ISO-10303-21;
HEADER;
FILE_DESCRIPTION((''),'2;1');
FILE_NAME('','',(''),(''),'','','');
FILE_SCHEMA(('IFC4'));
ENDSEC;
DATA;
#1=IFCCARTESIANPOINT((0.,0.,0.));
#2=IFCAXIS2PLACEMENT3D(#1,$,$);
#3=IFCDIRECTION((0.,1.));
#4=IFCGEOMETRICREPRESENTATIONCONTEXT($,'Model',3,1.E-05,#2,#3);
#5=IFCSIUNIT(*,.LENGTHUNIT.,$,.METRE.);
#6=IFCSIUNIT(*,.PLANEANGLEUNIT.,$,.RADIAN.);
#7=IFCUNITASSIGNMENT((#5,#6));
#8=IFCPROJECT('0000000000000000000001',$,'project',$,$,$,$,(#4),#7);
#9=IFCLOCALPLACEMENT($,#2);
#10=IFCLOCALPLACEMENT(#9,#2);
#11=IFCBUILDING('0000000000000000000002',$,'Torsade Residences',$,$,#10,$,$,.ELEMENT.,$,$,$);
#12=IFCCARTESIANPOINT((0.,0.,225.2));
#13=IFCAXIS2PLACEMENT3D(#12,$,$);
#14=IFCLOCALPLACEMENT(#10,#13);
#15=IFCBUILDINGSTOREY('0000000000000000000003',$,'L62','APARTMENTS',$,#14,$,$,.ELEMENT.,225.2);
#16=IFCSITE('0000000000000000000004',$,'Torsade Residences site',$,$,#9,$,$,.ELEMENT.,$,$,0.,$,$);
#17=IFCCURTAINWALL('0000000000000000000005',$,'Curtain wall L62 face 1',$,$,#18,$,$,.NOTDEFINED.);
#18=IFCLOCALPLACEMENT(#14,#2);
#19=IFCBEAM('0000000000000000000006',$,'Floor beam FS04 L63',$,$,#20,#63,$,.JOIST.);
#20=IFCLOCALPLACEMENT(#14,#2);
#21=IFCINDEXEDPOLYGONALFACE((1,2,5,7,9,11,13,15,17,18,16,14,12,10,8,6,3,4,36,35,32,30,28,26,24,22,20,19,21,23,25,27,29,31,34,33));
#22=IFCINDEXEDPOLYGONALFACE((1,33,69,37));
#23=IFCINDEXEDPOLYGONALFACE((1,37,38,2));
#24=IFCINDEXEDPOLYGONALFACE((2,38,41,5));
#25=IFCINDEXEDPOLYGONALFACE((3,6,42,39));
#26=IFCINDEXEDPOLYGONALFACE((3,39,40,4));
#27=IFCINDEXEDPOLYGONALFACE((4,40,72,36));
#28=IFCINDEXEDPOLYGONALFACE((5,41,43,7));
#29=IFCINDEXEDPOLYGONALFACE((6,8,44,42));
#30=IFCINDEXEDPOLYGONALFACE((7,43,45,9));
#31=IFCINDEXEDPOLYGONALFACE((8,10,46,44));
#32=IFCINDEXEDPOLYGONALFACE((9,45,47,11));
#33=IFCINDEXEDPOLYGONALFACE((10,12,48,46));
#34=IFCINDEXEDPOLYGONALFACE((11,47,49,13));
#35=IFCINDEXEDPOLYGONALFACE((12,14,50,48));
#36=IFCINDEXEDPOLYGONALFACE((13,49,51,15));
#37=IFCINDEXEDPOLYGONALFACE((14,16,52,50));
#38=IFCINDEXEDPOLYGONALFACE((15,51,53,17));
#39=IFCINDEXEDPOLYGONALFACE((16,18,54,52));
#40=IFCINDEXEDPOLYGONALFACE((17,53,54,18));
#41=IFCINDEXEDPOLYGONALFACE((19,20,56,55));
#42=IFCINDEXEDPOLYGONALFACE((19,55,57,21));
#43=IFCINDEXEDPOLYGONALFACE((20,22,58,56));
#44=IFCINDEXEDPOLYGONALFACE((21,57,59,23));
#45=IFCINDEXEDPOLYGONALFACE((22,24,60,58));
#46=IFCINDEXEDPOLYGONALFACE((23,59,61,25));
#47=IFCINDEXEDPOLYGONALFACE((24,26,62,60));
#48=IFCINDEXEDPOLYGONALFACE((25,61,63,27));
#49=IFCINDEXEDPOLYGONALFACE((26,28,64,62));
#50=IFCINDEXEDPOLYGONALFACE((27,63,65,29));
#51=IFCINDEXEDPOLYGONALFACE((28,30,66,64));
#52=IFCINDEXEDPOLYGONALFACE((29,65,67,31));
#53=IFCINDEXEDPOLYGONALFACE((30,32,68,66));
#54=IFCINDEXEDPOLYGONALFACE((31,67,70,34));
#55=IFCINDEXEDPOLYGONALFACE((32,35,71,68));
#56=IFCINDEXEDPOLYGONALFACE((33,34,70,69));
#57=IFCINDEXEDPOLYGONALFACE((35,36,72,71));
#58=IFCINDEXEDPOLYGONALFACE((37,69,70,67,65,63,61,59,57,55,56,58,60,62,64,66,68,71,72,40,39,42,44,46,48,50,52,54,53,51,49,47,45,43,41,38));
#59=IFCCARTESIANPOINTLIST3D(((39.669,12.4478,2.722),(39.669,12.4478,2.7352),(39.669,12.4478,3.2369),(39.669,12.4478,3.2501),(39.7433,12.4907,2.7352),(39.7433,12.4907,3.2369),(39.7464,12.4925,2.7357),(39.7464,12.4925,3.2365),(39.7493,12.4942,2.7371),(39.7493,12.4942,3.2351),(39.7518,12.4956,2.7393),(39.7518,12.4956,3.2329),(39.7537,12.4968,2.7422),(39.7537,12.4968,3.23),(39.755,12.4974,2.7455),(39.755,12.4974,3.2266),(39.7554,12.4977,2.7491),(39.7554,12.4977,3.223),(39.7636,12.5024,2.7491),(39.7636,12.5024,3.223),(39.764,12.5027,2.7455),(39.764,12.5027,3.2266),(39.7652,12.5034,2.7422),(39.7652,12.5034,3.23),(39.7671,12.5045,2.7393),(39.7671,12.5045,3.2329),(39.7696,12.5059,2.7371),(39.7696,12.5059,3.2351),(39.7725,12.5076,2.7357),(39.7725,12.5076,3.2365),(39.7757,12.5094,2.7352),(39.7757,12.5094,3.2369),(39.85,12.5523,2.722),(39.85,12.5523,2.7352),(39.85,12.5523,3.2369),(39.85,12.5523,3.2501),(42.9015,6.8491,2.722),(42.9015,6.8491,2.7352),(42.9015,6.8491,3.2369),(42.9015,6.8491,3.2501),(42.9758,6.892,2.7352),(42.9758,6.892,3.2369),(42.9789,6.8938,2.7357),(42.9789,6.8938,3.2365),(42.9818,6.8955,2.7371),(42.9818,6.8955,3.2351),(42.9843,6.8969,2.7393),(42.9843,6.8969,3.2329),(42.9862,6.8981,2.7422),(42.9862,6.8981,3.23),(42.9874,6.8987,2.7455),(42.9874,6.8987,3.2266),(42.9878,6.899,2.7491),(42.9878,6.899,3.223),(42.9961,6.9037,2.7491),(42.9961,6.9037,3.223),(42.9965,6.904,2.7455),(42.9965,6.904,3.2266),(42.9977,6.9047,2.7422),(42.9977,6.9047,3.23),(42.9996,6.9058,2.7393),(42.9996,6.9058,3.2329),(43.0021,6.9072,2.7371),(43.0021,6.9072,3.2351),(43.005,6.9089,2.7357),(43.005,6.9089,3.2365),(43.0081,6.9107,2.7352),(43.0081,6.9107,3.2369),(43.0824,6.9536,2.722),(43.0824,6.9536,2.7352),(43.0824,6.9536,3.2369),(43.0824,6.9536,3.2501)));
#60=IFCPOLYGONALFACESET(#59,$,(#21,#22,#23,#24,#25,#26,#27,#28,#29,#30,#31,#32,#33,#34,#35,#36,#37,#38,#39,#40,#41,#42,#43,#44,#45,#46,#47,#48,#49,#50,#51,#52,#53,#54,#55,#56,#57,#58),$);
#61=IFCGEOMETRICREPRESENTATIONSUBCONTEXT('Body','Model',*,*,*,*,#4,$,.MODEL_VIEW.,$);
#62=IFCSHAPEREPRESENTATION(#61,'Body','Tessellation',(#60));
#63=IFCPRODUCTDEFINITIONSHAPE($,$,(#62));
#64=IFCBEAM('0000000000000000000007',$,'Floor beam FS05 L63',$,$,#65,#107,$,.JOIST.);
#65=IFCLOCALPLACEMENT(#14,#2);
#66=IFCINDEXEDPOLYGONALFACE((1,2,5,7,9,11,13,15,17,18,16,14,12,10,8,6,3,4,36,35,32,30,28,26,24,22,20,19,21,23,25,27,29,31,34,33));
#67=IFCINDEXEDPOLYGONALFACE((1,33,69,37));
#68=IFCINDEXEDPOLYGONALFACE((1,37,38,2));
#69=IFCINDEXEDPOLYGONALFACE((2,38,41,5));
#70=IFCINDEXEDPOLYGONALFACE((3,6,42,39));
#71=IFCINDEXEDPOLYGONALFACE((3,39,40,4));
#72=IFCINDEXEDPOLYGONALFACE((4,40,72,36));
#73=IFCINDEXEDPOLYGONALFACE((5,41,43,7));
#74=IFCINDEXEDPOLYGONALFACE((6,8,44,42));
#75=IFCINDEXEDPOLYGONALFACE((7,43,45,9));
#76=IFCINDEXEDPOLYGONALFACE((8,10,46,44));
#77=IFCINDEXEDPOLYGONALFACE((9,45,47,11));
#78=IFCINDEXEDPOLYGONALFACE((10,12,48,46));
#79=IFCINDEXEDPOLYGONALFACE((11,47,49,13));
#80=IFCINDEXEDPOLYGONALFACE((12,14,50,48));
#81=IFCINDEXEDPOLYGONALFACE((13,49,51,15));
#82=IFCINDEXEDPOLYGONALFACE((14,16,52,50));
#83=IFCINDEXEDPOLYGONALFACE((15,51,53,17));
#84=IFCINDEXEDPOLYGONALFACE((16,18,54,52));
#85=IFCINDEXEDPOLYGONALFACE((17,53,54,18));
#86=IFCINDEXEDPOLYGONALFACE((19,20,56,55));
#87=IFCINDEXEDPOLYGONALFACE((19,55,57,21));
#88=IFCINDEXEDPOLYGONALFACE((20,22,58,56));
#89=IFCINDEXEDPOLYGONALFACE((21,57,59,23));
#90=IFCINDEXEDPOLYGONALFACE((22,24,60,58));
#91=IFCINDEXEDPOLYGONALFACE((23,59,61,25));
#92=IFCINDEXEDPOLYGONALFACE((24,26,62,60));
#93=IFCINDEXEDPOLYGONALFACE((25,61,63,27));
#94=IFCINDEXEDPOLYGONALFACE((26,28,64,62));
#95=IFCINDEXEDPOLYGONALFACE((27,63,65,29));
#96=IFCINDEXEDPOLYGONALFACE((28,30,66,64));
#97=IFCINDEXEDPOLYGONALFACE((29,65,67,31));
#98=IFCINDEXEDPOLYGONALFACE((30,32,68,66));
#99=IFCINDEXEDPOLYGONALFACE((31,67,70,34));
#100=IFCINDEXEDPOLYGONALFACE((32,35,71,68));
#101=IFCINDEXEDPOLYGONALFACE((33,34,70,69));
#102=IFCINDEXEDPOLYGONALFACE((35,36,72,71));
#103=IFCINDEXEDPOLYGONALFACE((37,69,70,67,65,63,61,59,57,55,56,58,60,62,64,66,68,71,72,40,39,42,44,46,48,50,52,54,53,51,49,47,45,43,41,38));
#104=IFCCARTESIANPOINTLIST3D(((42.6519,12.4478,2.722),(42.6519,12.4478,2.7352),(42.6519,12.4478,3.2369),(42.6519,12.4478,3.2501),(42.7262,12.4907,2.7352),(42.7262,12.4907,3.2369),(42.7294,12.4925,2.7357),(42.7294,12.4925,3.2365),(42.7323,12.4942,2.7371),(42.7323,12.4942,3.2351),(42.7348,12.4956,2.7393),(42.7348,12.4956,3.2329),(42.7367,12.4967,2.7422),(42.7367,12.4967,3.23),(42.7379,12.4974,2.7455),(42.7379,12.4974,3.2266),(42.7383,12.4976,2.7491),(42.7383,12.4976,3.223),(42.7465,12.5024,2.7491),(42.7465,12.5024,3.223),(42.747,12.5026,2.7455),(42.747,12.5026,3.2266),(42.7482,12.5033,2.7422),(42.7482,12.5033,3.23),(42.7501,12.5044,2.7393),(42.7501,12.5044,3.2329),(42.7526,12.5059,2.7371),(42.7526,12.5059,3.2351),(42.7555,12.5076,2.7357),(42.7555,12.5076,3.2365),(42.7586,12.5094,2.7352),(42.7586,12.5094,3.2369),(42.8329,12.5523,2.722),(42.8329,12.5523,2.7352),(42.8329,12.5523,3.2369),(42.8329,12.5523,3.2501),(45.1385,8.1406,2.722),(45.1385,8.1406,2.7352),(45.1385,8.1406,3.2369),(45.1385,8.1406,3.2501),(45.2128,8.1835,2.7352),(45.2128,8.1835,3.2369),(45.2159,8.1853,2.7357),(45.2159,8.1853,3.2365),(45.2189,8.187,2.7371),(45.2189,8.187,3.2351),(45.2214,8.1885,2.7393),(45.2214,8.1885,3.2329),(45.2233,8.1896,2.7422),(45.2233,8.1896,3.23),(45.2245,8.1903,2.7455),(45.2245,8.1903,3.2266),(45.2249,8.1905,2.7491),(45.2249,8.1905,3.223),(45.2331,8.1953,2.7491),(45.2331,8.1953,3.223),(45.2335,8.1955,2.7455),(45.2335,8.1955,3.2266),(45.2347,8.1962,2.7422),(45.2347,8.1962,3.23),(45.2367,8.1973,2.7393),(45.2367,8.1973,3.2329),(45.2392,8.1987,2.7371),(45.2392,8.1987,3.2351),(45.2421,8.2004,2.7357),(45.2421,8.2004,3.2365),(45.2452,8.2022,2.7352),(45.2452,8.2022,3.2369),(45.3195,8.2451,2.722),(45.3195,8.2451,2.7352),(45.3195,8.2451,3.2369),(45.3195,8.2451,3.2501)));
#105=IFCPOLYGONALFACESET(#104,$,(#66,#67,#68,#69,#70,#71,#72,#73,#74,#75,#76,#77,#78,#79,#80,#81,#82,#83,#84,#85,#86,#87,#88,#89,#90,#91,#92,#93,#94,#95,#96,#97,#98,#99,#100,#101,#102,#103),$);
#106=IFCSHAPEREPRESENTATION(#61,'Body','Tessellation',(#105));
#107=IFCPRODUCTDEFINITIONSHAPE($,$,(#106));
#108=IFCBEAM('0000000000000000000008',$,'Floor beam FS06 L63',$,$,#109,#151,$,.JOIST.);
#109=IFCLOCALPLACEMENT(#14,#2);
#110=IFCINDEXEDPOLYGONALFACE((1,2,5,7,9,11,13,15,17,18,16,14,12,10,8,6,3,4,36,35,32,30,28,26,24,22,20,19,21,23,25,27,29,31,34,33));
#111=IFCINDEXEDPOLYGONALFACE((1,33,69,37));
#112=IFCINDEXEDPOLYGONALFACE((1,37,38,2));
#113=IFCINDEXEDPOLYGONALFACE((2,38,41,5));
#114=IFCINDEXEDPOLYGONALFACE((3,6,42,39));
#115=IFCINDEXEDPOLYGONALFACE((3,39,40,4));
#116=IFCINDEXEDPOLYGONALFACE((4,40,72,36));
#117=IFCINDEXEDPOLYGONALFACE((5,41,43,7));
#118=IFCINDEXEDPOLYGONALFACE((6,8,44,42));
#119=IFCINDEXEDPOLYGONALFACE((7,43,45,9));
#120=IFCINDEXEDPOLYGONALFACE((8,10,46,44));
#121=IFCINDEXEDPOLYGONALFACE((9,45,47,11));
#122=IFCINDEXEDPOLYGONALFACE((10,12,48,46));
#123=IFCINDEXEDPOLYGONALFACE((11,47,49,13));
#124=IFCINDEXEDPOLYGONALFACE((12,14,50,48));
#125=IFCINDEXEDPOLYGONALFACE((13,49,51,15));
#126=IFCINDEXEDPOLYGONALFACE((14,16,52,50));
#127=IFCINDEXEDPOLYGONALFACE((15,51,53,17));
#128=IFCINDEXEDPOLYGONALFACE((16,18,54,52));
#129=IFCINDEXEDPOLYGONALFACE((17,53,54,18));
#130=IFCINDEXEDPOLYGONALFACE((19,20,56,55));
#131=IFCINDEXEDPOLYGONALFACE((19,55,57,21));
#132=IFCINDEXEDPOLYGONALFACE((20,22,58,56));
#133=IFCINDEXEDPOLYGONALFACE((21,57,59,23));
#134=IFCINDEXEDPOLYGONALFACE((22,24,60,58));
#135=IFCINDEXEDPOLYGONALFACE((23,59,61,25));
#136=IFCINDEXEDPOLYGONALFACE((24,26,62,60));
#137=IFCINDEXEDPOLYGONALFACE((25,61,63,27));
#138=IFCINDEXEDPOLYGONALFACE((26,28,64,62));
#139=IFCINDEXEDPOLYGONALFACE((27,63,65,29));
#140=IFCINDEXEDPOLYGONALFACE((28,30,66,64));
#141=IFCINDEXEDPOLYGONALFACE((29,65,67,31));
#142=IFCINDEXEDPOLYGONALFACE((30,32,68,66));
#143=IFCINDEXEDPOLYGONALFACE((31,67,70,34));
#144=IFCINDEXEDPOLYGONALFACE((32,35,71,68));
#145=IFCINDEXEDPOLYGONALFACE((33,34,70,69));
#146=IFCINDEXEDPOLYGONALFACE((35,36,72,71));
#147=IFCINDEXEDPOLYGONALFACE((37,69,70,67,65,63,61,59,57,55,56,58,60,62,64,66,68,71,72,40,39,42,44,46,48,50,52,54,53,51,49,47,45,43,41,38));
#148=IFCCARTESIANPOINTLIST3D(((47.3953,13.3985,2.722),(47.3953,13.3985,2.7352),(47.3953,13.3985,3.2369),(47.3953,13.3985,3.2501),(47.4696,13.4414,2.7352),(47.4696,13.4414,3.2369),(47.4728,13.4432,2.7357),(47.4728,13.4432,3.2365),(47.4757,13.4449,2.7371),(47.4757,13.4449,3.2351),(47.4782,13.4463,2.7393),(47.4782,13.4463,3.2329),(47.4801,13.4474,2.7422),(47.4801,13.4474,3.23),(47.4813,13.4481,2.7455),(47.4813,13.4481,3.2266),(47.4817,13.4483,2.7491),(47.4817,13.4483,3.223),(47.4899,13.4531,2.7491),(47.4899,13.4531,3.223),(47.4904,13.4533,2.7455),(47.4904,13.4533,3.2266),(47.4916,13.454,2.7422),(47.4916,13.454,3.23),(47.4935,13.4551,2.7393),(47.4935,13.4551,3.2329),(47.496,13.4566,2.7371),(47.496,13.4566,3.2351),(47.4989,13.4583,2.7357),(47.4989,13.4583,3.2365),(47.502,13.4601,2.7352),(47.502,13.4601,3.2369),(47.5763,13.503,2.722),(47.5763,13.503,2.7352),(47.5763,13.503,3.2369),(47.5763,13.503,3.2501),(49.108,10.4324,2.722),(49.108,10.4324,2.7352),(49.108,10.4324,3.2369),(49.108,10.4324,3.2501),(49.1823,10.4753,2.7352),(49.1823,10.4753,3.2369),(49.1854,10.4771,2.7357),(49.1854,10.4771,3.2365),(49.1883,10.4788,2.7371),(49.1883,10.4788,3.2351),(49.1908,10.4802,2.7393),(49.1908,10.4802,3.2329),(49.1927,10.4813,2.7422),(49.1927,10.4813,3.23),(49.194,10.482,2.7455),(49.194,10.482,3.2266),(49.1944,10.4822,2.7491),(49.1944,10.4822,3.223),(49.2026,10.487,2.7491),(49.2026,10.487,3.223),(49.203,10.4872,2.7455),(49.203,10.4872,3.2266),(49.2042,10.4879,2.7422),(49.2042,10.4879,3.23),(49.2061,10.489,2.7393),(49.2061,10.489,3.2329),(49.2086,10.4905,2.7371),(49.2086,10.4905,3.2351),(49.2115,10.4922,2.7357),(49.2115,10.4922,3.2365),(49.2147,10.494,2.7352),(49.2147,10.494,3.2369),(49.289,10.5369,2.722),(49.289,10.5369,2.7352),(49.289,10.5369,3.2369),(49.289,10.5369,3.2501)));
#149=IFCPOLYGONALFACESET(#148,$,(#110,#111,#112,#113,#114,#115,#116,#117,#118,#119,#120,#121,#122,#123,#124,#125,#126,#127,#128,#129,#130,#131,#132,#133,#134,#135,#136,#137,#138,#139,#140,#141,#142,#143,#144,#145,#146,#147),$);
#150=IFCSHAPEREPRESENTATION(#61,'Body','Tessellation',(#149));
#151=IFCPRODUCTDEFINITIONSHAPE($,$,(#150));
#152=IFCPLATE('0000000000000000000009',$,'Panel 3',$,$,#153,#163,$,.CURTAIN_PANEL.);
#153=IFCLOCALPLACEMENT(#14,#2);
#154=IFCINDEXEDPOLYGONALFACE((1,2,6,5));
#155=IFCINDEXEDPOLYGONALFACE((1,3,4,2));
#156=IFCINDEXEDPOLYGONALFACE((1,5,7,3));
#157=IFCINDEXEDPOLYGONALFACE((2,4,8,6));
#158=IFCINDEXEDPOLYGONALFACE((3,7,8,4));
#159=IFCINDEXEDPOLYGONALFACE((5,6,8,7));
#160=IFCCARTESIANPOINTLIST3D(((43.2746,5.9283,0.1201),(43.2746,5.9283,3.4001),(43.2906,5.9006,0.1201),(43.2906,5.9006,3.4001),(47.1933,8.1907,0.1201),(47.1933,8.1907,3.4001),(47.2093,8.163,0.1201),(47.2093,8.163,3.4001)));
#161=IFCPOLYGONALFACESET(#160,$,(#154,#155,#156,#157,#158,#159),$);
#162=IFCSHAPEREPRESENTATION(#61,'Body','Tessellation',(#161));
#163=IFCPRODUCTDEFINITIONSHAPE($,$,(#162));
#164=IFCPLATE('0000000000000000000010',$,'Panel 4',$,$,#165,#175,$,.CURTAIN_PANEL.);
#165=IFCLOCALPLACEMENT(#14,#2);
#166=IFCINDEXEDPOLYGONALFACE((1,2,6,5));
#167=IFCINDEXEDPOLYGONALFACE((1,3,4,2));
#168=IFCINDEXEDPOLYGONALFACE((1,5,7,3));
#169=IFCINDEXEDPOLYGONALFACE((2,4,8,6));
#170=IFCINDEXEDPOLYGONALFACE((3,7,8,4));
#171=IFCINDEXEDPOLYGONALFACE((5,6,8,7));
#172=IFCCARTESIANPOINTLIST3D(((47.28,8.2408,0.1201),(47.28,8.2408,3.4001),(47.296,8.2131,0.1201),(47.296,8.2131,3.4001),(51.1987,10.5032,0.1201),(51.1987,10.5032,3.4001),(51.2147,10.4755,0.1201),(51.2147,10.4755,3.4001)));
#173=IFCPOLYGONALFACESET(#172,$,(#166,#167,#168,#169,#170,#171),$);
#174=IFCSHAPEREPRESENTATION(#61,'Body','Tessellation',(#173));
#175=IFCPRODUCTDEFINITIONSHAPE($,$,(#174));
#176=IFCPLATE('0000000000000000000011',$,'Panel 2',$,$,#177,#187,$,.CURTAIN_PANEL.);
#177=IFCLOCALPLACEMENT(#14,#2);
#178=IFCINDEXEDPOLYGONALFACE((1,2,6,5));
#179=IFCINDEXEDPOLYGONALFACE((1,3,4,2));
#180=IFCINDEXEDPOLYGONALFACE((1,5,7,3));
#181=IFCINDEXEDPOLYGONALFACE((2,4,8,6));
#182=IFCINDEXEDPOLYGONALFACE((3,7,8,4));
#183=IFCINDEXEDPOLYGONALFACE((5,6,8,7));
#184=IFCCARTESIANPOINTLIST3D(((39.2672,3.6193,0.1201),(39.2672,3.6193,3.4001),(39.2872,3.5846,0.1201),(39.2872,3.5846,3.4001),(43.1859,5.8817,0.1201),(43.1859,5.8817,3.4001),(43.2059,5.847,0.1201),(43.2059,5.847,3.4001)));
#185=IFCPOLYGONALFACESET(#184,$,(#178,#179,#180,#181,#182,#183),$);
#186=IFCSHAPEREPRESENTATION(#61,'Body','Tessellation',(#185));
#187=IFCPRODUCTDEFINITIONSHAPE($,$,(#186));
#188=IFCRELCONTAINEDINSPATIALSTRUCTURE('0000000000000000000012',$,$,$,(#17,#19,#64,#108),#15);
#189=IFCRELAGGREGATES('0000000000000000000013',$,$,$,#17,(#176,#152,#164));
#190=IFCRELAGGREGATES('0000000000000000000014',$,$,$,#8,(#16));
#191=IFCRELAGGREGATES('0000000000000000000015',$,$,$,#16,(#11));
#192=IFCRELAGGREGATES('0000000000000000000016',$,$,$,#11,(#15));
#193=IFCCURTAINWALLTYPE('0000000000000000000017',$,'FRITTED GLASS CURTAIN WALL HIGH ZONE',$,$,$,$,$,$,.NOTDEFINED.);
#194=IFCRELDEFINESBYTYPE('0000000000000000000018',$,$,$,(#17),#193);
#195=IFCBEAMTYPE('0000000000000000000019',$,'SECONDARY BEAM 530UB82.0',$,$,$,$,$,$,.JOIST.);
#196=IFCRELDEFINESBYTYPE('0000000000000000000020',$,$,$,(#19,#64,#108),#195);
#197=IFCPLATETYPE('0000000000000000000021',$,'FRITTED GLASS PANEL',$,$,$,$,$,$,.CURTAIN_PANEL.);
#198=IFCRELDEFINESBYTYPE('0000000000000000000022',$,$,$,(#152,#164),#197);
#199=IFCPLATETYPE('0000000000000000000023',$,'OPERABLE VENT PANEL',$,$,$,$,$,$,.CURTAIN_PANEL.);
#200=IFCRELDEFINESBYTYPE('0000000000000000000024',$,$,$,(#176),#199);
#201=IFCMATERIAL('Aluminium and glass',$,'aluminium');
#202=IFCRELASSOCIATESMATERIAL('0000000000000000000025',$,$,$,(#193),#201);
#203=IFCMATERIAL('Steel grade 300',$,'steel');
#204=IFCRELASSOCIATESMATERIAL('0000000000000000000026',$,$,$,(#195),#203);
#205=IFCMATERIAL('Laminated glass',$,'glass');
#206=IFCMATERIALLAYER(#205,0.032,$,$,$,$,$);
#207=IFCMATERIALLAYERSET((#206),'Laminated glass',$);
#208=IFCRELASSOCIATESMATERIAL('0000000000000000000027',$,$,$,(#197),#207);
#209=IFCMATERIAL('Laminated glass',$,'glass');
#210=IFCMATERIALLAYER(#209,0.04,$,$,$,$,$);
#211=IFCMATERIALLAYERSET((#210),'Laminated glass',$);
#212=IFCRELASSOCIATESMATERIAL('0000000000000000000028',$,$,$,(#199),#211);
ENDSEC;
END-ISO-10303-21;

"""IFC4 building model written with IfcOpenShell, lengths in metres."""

from ifc_helpers import new_model, si_unit, direction, frame, origin, origin_2d, place, context, subcontext, project, spatial, rectangle, i_section, extrude, material, layer, layer_set, material_profile, profile_set, type_object, element, aggregate, save


model = new_model("IFC4")

# Units and contexts
model_context = context("Model", 3, precision=1e-05, world=origin(), true_north=direction((0.0, 1.0)))
body_context = subcontext(model_context, "Body", "Model", "MODEL_VIEW")
ifc_project = project(units=[si_unit("LENGTHUNIT", "METRE"), si_unit("PLANEANGLEUNIT", "RADIAN")], contexts=[model_context])

# Site, building, storey
site_placement = place(None, origin())
site = spatial("IfcSite", under=ifc_project, at=site_placement, Name="Torsade Residences site", CompositionType="ELEMENT", RefElevation=0.0)
building_placement = place(site_placement, origin())
building = spatial("IfcBuilding", under=site, at=building_placement, Name="Torsade Residences", CompositionType="ELEMENT")
storey_placement = place(building_placement, frame((0.0, 0.0, 225.2)))
storey = spatial("IfcBuildingStorey", under=building, at=storey_placement, Name="L62", Description="APARTMENTS", CompositionType="ELEMENT", Elevation=225.2)

# Curtain wall
ifc_material_1 = material(Name="Aluminium and glass", Category="aluminium")
curtain_wall_type = type_object("IfcCurtainWallType", Name="FRITTED GLASS CURTAIN WALL HIGH ZONE", PredefinedType="NOTDEFINED", material=ifc_material_1)
curtain_wall_placement = place(storey_placement, origin())
curtain_wall = element("IfcCurtainWall", 1, at=curtain_wall_placement, inside=storey, type_object=curtain_wall_type, Name="Curtain wall L62 face 1", PredefinedType="NOTDEFINED")

# Beams
ifc_material_2 = material(Name="Steel grade 300", Category="steel")
ifc_material_profile_1 = material_profile(ifc_material_2, i_section(OverallWidth=0.209, OverallDepth=0.5281, WebThickness=0.0095, FlangeThickness=0.0132, FilletRadius=0.0139, at=origin_2d()), Name="530UB82.0")
ifc_profile_set_1 = profile_set([ifc_material_profile_1], Name="Steel grade 300")
beam_type_1 = type_object("IfcBeamType", Name="SECONDARY BEAM 530UB82.0", PredefinedType="JOIST", material=ifc_profile_set_1)
beam_1_placement = place(storey_placement, frame((42.9919, 6.9014, 2.9861), z_axis=(-0.500006, 0.866022, 0.0), x_axis=(-0.866022, -0.500006, 0.0)))
element("IfcBeam", 2, at=beam_1_placement, inside=storey, type_object=beam_type_1, Name="Floor beam FS04 L63", PredefinedType="JOIST", context=body_context, shape_type="SweptSolid", body=[
    extrude(i_section(OverallWidth=0.209, OverallDepth=0.5281, WebThickness=0.0095, FlangeThickness=0.0132, FilletRadius=0.0139, at=origin_2d()), origin(), (0.0, 0.0, 1.0), 6.4648),
])
beam_2_placement = place(storey_placement, frame((45.229, 8.1929, 2.9861), z_axis=(-0.499977, 0.866038, 0.0), x_axis=(-0.866038, -0.499977, 0.0)))
element("IfcBeam", 3, at=beam_2_placement, inside=storey, type_object=beam_type_1, Name="Floor beam FS05 L63", PredefinedType="JOIST", context=body_context, shape_type="SweptSolid", body=[
    extrude(i_section(OverallWidth=0.209, OverallDepth=0.5281, WebThickness=0.0095, FlangeThickness=0.0132, FilletRadius=0.0139, at=origin_2d()), origin(), (0.0, 0.0, 1.0), 4.9734),
])
beam_3_placement = place(storey_placement, frame((49.1985, 10.4846, 2.9861), z_axis=(-0.500041, 0.866002, 0.0), x_axis=(-0.866002, -0.500041, 0.0)))
element("IfcBeam", 4, at=beam_3_placement, inside=storey, type_object=beam_type_1, Name="Floor beam FS06 L63", PredefinedType="JOIST", context=body_context, shape_type="SweptSolid", body=[
    extrude(i_section(OverallWidth=0.209, OverallDepth=0.5281, WebThickness=0.0095, FlangeThickness=0.0132, FilletRadius=0.0139, at=origin_2d()), origin(), (0.0, 0.0, 1.0), 3.425),
])

# Plates
ifc_material_3 = material(Name="Laminated glass", Category="glass")
ifc_layer_1 = layer(ifc_material_3, 0.032)
ifc_layer_set_1 = layer_set([ifc_layer_1], Name="Laminated glass")
plate_type_1 = type_object("IfcPlateType", Name="FRITTED GLASS PANEL", PredefinedType="CURTAIN_PANEL", material=ifc_layer_set_1)
plate_1_placement = place(storey_placement, frame((45.2419, 7.0457, 0.1201), z_axis=(0.0, 0.0, 1.0), x_axis=(0.866025, 0.5, 0.0)))
plate_1 = element("IfcPlate", 5, at=plate_1_placement, type_object=plate_type_1, Name="Panel 3", PredefinedType="CURTAIN_PANEL", context=body_context, shape_type="SweptSolid", body=[
    extrude(rectangle(XDim=4.5249, YDim=0.032, at=origin_2d()), origin(), (0.0, 0.0, 1.0), 3.28),
])
plate_2_placement = place(storey_placement, frame((49.2473, 9.3582, 0.1201), z_axis=(0.0, 0.0, 1.0), x_axis=(0.866025, 0.5, 0.0)))
plate_2 = element("IfcPlate", 6, at=plate_2_placement, type_object=plate_type_1, Name="Panel 4", PredefinedType="CURTAIN_PANEL", context=body_context, shape_type="SweptSolid", body=[
    extrude(rectangle(XDim=4.5249, YDim=0.032, at=origin_2d()), origin(), (0.0, 0.0, 1.0), 3.28),
])
ifc_material_4 = material(Name="Laminated glass", Category="glass")
ifc_layer_2 = layer(ifc_material_4, 0.04)
ifc_layer_set_2 = layer_set([ifc_layer_2], Name="Laminated glass")
plate_type_2 = type_object("IfcPlateType", Name="OPERABLE VENT PANEL", PredefinedType="CURTAIN_PANEL", material=ifc_layer_set_2)
plate_3_placement = place(storey_placement, frame((41.2366, 4.7332, 0.1201), z_axis=(0.0, 0.0, 1.0), x_axis=(0.866025, 0.5, 0.0)))
plate_3 = element("IfcPlate", 7, at=plate_3_placement, type_object=plate_type_2, Name="Panel 2", PredefinedType="CURTAIN_PANEL", context=body_context, shape_type="SweptSolid", body=[
    extrude(rectangle(XDim=4.5249, YDim=0.04, at=origin_2d()), origin(), (0.0, 0.0, 1.0), 3.28),
])
aggregate(curtain_wall, [plate_3, plate_1, plate_2])

save(model, "model.ifc")
